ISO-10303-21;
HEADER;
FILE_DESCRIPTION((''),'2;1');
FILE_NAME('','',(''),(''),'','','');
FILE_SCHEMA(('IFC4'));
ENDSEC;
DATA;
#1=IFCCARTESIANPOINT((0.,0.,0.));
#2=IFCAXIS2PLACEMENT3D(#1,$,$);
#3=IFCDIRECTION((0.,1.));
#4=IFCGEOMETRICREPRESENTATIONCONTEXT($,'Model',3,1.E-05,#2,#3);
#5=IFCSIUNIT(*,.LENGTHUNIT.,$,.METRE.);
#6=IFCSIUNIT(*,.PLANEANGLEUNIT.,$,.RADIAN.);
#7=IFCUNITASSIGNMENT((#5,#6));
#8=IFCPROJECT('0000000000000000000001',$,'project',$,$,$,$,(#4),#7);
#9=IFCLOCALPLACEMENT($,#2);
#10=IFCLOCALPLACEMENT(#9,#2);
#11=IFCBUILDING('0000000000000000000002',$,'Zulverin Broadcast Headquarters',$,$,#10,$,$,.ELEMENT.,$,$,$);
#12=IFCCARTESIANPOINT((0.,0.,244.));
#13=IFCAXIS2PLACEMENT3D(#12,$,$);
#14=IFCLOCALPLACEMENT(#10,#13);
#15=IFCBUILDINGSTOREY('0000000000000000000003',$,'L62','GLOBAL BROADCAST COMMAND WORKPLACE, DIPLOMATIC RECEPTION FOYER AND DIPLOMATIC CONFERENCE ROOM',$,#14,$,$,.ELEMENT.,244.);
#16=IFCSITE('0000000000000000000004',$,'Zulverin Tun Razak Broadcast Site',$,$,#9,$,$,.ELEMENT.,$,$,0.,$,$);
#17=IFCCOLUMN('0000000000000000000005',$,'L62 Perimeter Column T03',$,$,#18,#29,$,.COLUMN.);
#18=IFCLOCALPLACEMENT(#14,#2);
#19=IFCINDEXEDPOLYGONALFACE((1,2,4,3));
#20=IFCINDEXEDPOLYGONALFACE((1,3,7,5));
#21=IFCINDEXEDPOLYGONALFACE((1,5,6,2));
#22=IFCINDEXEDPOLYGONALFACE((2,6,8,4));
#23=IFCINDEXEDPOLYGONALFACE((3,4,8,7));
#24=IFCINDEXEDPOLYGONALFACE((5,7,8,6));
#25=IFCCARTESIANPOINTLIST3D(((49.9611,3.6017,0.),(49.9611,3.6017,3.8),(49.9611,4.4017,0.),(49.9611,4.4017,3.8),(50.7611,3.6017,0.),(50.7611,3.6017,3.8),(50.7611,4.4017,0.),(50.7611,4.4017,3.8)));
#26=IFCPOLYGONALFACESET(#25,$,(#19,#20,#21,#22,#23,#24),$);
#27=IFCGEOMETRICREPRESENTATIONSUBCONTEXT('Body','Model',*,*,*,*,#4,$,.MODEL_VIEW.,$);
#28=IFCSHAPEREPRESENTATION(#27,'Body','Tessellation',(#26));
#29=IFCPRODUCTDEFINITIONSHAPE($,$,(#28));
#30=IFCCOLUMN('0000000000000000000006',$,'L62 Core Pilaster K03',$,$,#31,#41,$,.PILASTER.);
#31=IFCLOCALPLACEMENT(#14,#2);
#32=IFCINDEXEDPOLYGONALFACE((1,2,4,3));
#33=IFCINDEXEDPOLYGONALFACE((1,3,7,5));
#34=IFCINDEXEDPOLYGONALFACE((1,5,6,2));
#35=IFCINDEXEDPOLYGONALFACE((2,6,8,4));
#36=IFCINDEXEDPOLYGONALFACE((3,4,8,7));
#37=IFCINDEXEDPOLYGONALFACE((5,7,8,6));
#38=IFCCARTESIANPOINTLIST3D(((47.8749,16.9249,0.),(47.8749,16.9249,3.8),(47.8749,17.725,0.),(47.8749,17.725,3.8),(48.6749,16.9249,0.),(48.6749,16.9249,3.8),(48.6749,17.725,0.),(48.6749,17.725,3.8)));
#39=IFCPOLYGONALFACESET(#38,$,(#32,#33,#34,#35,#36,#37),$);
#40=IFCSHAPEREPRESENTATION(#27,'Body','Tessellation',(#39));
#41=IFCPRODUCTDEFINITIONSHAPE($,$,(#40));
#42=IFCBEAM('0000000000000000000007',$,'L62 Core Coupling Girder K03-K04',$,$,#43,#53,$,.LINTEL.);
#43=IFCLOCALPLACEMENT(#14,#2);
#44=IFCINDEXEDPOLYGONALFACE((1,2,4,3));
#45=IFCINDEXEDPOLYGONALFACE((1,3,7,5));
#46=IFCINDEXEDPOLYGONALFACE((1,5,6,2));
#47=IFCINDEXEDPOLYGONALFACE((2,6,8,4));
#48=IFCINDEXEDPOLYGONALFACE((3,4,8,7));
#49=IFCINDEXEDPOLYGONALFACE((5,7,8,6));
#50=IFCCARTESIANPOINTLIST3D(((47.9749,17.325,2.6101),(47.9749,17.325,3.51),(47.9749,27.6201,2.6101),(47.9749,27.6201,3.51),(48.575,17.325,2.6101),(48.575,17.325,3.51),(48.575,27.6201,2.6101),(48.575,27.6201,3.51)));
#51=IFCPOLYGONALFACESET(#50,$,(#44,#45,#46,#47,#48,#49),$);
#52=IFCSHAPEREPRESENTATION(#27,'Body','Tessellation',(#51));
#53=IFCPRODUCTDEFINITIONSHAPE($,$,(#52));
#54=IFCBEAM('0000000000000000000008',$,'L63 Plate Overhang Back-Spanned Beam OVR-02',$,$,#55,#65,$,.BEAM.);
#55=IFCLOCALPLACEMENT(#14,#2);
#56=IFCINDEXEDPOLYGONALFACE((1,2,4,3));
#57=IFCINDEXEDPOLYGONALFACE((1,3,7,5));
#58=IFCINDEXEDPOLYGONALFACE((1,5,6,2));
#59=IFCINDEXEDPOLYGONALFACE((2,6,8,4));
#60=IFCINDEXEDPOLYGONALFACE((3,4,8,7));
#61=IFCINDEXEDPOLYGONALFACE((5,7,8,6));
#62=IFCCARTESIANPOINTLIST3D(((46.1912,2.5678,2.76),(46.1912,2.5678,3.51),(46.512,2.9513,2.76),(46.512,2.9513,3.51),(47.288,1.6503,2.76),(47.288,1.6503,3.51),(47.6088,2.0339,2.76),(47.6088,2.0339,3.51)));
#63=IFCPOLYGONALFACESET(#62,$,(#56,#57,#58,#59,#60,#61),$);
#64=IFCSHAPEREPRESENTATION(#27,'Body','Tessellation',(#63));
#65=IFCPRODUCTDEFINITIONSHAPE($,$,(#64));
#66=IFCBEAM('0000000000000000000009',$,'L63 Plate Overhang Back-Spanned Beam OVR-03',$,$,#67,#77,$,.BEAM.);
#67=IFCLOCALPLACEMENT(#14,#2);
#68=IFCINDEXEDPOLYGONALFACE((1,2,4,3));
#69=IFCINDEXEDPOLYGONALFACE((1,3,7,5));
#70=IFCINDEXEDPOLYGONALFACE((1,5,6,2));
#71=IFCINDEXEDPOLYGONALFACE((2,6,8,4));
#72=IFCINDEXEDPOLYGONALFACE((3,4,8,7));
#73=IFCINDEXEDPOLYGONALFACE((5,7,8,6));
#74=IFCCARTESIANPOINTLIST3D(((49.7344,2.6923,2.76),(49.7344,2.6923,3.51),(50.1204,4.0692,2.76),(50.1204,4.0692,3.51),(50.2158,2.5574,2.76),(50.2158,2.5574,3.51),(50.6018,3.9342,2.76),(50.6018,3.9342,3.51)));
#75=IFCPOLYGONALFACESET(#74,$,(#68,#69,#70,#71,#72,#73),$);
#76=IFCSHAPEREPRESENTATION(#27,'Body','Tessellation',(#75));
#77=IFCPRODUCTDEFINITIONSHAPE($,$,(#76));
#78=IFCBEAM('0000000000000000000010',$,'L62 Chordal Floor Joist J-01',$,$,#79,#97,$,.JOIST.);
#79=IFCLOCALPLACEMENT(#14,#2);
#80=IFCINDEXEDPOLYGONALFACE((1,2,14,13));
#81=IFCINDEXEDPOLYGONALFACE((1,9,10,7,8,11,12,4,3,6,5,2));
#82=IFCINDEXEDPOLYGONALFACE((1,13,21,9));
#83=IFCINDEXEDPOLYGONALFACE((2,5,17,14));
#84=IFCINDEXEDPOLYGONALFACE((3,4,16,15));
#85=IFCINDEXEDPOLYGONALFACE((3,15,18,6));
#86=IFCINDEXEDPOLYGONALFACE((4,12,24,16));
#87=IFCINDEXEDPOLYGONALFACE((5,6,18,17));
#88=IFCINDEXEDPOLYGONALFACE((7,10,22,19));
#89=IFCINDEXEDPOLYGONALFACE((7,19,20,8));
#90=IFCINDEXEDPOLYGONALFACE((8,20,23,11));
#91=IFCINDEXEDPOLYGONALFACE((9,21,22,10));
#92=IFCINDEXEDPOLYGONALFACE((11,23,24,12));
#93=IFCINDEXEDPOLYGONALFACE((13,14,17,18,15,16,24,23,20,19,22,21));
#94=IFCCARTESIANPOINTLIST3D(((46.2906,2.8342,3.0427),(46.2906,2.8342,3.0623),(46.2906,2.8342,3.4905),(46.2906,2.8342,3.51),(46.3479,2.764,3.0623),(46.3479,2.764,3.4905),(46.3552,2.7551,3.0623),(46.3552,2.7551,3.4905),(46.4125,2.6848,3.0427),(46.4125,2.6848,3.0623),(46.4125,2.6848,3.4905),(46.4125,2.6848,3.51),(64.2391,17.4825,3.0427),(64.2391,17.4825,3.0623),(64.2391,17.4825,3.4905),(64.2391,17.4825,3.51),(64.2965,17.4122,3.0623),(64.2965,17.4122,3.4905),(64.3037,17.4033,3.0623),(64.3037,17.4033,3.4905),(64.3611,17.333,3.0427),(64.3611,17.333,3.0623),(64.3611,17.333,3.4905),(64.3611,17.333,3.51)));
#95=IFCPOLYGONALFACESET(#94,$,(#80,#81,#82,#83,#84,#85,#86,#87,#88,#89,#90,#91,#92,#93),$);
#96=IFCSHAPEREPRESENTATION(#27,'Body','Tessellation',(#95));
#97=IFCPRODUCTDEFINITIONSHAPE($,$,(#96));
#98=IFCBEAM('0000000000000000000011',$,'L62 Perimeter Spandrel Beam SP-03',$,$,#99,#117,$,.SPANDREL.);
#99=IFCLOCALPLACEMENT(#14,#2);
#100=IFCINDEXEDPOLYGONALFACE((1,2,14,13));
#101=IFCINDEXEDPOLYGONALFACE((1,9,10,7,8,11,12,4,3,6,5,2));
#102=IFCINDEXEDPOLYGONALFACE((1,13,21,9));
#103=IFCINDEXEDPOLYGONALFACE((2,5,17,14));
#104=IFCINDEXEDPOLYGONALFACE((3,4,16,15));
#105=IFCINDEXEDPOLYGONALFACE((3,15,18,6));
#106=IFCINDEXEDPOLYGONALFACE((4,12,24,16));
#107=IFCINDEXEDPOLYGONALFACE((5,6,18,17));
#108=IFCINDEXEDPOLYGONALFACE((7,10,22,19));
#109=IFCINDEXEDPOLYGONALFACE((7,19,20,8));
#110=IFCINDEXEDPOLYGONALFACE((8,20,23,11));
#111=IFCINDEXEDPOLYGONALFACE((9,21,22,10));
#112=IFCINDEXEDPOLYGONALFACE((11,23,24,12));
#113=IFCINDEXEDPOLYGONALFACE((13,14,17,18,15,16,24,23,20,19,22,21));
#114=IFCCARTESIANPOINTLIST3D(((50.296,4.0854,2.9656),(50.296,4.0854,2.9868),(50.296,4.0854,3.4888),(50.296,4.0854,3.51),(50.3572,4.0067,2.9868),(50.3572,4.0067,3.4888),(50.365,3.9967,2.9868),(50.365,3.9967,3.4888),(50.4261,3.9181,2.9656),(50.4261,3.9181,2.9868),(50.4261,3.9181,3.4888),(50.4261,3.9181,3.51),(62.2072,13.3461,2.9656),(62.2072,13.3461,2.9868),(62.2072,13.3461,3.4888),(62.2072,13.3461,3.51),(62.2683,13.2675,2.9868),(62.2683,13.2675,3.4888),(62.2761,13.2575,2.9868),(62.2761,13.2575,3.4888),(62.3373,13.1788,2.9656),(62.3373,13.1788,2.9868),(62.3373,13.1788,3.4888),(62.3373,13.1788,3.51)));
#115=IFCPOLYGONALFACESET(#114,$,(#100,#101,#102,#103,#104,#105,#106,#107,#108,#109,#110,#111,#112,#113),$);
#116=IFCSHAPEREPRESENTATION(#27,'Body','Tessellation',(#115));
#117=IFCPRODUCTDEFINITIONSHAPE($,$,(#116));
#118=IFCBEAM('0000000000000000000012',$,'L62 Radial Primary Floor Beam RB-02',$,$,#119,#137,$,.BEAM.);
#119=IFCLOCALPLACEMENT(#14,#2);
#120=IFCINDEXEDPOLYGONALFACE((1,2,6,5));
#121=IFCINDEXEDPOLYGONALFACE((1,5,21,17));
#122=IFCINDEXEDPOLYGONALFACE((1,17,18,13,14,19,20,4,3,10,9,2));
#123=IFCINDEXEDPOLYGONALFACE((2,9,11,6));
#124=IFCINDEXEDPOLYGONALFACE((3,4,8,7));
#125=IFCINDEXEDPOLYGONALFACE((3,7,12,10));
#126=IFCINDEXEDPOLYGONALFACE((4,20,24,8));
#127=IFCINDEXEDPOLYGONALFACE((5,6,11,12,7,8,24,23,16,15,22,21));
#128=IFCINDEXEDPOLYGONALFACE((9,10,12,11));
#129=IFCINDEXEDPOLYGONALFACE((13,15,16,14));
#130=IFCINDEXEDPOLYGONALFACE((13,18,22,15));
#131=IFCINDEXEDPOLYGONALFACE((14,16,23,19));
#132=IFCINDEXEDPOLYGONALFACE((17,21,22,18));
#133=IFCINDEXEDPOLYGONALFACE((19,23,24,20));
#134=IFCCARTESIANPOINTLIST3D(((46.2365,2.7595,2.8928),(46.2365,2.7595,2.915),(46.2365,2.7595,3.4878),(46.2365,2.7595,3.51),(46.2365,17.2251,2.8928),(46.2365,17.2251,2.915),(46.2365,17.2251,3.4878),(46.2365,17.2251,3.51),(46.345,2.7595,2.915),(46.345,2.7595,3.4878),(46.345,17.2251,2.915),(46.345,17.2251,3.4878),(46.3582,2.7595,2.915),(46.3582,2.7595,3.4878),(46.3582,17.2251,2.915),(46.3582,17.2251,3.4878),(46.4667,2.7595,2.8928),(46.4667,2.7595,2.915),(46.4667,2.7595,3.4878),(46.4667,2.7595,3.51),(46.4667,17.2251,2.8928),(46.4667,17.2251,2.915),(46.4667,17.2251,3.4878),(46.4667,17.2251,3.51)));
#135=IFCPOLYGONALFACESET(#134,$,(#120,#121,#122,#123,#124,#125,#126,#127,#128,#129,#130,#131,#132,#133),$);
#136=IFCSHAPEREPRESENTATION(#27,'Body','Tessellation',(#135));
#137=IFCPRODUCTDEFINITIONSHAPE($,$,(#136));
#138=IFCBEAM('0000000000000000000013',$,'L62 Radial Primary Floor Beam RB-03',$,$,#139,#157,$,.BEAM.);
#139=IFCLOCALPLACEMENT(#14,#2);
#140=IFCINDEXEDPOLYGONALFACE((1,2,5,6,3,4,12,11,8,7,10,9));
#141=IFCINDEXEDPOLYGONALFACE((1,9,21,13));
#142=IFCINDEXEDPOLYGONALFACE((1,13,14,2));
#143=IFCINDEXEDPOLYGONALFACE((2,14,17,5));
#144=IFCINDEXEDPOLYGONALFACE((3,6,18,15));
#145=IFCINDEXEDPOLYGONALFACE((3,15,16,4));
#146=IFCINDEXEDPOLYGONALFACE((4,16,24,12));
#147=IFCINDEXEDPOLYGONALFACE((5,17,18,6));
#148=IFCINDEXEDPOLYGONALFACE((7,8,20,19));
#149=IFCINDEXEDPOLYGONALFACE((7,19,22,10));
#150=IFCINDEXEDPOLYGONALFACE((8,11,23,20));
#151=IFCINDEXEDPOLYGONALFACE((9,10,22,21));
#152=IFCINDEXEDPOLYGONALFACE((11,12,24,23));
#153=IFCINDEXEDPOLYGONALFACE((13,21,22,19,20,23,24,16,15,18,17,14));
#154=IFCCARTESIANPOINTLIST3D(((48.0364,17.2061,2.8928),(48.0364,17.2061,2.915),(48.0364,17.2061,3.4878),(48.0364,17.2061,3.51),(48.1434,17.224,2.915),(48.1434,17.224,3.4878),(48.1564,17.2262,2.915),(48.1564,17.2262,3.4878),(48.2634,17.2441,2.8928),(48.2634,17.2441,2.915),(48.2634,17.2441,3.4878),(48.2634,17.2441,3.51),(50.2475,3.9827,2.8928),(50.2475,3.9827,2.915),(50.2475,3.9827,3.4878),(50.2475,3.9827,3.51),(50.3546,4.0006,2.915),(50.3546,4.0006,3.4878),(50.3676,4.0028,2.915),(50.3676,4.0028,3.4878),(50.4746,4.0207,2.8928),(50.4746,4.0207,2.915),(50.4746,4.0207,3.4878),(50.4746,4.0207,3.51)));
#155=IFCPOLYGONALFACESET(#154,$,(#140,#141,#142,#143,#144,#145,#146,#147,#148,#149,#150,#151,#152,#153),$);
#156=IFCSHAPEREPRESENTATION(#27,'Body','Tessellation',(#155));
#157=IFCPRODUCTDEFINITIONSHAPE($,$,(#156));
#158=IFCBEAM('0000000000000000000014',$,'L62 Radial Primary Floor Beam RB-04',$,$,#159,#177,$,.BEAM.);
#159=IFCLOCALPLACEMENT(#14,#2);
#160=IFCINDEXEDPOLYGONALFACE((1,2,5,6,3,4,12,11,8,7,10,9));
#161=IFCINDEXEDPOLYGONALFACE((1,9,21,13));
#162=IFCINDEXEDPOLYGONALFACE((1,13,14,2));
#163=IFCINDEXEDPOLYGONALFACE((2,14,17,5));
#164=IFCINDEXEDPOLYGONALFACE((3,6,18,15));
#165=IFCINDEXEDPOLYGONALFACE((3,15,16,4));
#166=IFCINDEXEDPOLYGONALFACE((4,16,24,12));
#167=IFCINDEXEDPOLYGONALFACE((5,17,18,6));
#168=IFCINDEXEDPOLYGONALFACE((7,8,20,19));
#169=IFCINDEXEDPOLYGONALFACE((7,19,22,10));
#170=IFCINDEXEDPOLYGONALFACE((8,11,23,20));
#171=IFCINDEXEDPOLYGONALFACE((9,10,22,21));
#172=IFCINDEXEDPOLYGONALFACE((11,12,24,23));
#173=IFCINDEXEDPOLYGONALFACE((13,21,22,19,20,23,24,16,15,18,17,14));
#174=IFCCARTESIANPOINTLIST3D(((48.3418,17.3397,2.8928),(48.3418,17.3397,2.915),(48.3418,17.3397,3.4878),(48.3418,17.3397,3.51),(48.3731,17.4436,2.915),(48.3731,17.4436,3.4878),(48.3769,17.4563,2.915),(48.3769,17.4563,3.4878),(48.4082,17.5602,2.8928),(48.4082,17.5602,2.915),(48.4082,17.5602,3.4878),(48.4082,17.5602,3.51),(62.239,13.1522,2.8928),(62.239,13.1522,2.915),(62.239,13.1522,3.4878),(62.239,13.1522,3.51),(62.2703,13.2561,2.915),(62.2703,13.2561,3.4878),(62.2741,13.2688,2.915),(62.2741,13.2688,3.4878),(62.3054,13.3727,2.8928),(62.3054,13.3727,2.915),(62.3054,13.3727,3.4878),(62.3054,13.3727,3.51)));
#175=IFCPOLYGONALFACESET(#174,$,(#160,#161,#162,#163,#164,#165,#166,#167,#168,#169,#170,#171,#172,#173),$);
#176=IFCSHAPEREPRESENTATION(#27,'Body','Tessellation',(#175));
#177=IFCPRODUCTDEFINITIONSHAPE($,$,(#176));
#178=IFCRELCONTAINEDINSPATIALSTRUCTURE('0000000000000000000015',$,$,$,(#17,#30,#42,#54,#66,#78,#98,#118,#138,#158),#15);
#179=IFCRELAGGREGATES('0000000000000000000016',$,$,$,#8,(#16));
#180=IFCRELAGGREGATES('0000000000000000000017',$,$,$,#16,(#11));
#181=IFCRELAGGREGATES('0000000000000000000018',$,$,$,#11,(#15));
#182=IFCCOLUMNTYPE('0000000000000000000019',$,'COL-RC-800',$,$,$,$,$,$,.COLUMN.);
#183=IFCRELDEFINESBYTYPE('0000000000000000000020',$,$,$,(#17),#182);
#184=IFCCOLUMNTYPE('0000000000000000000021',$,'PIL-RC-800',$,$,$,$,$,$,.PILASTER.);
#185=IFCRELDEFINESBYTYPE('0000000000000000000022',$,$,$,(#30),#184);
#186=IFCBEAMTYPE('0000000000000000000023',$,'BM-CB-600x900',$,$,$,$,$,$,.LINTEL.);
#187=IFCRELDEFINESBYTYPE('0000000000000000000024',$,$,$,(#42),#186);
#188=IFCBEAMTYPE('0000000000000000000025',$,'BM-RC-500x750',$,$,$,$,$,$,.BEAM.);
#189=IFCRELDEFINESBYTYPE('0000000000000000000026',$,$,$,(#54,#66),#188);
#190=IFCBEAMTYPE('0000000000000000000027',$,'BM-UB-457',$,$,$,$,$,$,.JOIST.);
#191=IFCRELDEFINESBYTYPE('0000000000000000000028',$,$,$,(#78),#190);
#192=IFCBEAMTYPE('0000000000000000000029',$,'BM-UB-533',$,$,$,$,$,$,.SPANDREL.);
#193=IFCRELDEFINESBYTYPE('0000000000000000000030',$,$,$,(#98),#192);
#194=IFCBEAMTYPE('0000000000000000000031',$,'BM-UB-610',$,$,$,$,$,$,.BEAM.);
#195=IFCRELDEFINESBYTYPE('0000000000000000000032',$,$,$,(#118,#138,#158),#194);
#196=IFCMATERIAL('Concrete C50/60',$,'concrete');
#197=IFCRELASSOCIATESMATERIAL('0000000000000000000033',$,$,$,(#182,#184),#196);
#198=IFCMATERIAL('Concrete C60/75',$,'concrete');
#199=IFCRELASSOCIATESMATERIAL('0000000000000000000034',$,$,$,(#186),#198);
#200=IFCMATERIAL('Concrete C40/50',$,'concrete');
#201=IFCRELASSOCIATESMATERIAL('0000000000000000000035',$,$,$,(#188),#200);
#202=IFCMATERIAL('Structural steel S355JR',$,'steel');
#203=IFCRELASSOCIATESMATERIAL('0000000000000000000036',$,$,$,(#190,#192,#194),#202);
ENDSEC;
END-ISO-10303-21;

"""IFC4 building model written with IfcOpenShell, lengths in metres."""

from ifc_helpers import new_model, si_unit, direction, frame, origin, origin_2d, place, context, subcontext, project, spatial, rectangle, i_section, extrude, material, material_profile, profile_set, type_object, element, save


model = new_model("IFC4")

# Units and contexts
model_context = context("Model", 3, precision=1e-05, world=origin(), true_north=direction((0.0, 1.0)))
body_context = subcontext(model_context, "Body", "Model", "MODEL_VIEW")
ifc_project = project(units=[si_unit("LENGTHUNIT", "METRE"), si_unit("PLANEANGLEUNIT", "RADIAN")], contexts=[model_context])

# Site, building, storey
site_placement = place(None, origin())
site = spatial("IfcSite", under=ifc_project, at=site_placement, Name="Zulverin Tun Razak Broadcast Site", CompositionType="ELEMENT", RefElevation=0.0)
building_placement = place(site_placement, origin())
building = spatial("IfcBuilding", under=site, at=building_placement, Name="Zulverin Broadcast Headquarters", CompositionType="ELEMENT")
storey_placement = place(building_placement, frame((0.0, 0.0, 244.0)))
storey = spatial("IfcBuildingStorey", under=building, at=storey_placement, Name="L62", Description="GLOBAL BROADCAST COMMAND WORKPLACE, DIPLOMATIC RECEPTION FOYER AND DIPLOMATIC CONFERENCE ROOM", CompositionType="ELEMENT", Elevation=244.0)

# Columns
ifc_material_1 = material(Name="Concrete C50/60", Category="concrete")
ifc_material_profile_1 = material_profile(ifc_material_1, rectangle(XDim=0.8, YDim=0.8, at=origin_2d()), Name="Concrete C50/60", Category="concrete")
ifc_profile_set_1 = profile_set([ifc_material_profile_1], Name="Concrete C50/60")
column_type_1 = type_object("IfcColumnType", Name="COL-RC-800", PredefinedType="COLUMN", material=ifc_profile_set_1)
column_1_placement = place(storey_placement, frame((50.3611, 4.0017, 0.0), z_axis=(0.0, 0.0, 1.0), x_axis=(1.0, 0.0, 0.0)))
element("IfcColumn", 1, at=column_1_placement, inside=storey, type_object=column_type_1, Name="L62 Perimeter Column T03", PredefinedType="COLUMN", context=body_context, shape_type="SweptSolid", body=[
    extrude(rectangle(XDim=0.8, YDim=0.8, at=origin_2d()), origin(), (0.0, 0.0, 1.0), 3.8),
])
ifc_material_profile_2 = material_profile(ifc_material_1, rectangle(XDim=0.8, YDim=0.8, at=origin_2d()), Name="Concrete C50/60", Category="concrete")
ifc_profile_set_2 = profile_set([ifc_material_profile_2], Name="Concrete C50/60")
column_type_2 = type_object("IfcColumnType", Name="PIL-RC-800", PredefinedType="PILASTER", material=ifc_profile_set_2)
column_2_placement = place(storey_placement, frame((48.2749, 17.325, 0.0), z_axis=(0.0, 0.0, 1.0), x_axis=(1.0, 0.0, 0.0)))
element("IfcColumn", 2, at=column_2_placement, inside=storey, type_object=column_type_2, Name="L62 Core Pilaster K03", PredefinedType="PILASTER", context=body_context, shape_type="SweptSolid", body=[
    extrude(rectangle(XDim=0.8, YDim=0.8, at=origin_2d()), origin(), (0.0, 0.0, 1.0), 3.8),
])

# Beams
ifc_material_2 = material(Name="Concrete C60/75", Category="concrete")
ifc_material_profile_3 = material_profile(ifc_material_2, rectangle(XDim=0.6001, YDim=0.8999, at=origin_2d()), Name="Concrete C60/75", Category="concrete")
ifc_profile_set_3 = profile_set([ifc_material_profile_3], Name="Concrete C60/75")
beam_type_1 = type_object("IfcBeamType", Name="BM-CB-600x900", PredefinedType="LINTEL", material=ifc_profile_set_3)
beam_1_placement = place(storey_placement, frame((48.2749, 17.325, 3.0601), z_axis=(0.0, 1.0, 0.0), x_axis=(-1.0, 0.0, 0.0)))
element("IfcBeam", 3, at=beam_1_placement, inside=storey, type_object=beam_type_1, Name="L62 Core Coupling Girder K03-K04", PredefinedType="LINTEL", context=body_context, shape_type="SweptSolid", body=[
    extrude(rectangle(XDim=0.6001, YDim=0.8999, at=origin_2d()), origin(), (0.0, 0.0, 1.0), 10.2952),
])
ifc_material_3 = material(Name="Concrete C40/50", Category="concrete")
ifc_material_profile_4 = material_profile(ifc_material_3, rectangle(XDim=0.5, YDim=0.75, at=origin_2d()), Name="Concrete C40/50", Category="concrete")
ifc_profile_set_4 = profile_set([ifc_material_profile_4], Name="Concrete C40/50")
beam_type_2 = type_object("IfcBeamType", Name="BM-RC-500x750", PredefinedType="BEAM", material=ifc_profile_set_4)
for number, where, z_axis, x_axis, name in (
    (4, (46.3516, 2.7595, 3.135), (0.767059, -0.641577, 0.0), (0.641577, 0.767059, 0.0), "L63 Plate Overhang Back-Spanned Beam OVR-02"),
    (5, (50.3611, 4.0017, 3.135), (-0.269915, -0.962884, 0.0), (0.962884, -0.269915, 0.0), "L63 Plate Overhang Back-Spanned Beam OVR-03"),
):
    element("IfcBeam", number, at=place(storey_placement, frame(where, z_axis=z_axis, x_axis=x_axis)), inside=storey, type_object=beam_type_2, Name=name, PredefinedType="BEAM", context=body_context, shape_type="SweptSolid", body=[
        extrude(rectangle(XDim=0.5, YDim=0.75, at=origin_2d()), origin(), (0.0, 0.0, 1.0), 1.4299),
    ])
ifc_material_4 = material(Name="Structural steel S355JR", Category="steel")
ifc_material_profile_5 = material_profile(ifc_material_4, i_section(OverallWidth=0.1929, OverallDepth=0.4673, WebThickness=0.0115, FlangeThickness=0.0195, at=origin_2d()), Name="Structural steel S355JR", Category="steel")
ifc_profile_set_5 = profile_set([ifc_material_profile_5], Name="Structural steel S355JR")
beam_type_3 = type_object("IfcBeamType", Name="BM-UB-457", PredefinedType="JOIST", material=ifc_profile_set_5)
beam_2_placement = place(storey_placement, frame((46.3516, 2.7595, 3.2764), z_axis=(0.774738, 0.632282, 0.0), x_axis=(-0.632282, 0.774738, 0.0)))
element("IfcBeam", 6, at=beam_2_placement, inside=storey, type_object=beam_type_3, Name="L62 Chordal Floor Joist J-01", PredefinedType="JOIST", context=body_context, shape_type="SweptSolid", body=[
    extrude(i_section(OverallWidth=0.1929, OverallDepth=0.4673, WebThickness=0.0115, FlangeThickness=0.0195, at=origin_2d()), origin(), (0.0, 0.0, 1.0), 23.1672),
])
ifc_material_profile_6 = material_profile(ifc_material_4, i_section(OverallWidth=0.2119, OverallDepth=0.5444, WebThickness=0.0127, FlangeThickness=0.0212, at=origin_2d()), Name="Structural steel S355JR", Category="steel")
ifc_profile_set_6 = profile_set([ifc_material_profile_6], Name="Structural steel S355JR")
beam_type_4 = type_object("IfcBeamType", Name="BM-UB-533", PredefinedType="SPANDREL", material=ifc_profile_set_6)
beam_3_placement = place(storey_placement, frame((50.3611, 4.0017, 3.2378), z_axis=(0.789464, 0.613797, 0.0), x_axis=(-0.613797, 0.789464, 0.0)))
element("IfcBeam", 7, at=beam_3_placement, inside=storey, type_object=beam_type_4, Name="L62 Perimeter Spandrel Beam SP-03", PredefinedType="SPANDREL", context=body_context, shape_type="SweptSolid", body=[
    extrude(i_section(OverallWidth=0.2119, OverallDepth=0.5444, WebThickness=0.0127, FlangeThickness=0.0212, at=origin_2d()), origin(), (0.0, 0.0, 1.0), 15.0876),
])
ifc_material_profile_7 = material_profile(ifc_material_4, i_section(OverallWidth=0.2302, OverallDepth=0.6172, WebThickness=0.0132, FlangeThickness=0.0222, at=origin_2d()), Name="Structural steel S355JR", Category="steel")
ifc_profile_set_7 = profile_set([ifc_material_profile_7], Name="Structural steel S355JR")
beam_type_5 = type_object("IfcBeamType", Name="BM-UB-610", PredefinedType="BEAM", material=ifc_profile_set_7)
beam_4_placement = place(storey_placement, frame((46.3516, 17.2251, 3.2014), z_axis=(0.0, -1.0, 0.0), x_axis=(1.0, 0.0, 0.0)))
element("IfcBeam", 8, at=beam_4_placement, inside=storey, type_object=beam_type_5, Name="L62 Radial Primary Floor Beam RB-02", PredefinedType="BEAM", context=body_context, shape_type="SweptSolid", body=[
    extrude(i_section(OverallWidth=0.2302, OverallDepth=0.6172, WebThickness=0.0132, FlangeThickness=0.0222, at=origin_2d()), origin(), (0.0, 0.0, 1.0), 14.4656),
])
beam_5_placement = place(storey_placement, frame((48.1499, 17.2251, 3.2014), z_axis=(0.164928, -0.986306, 0.0), x_axis=(0.986306, 0.164928, 0.0)))
element("IfcBeam", 9, at=beam_5_placement, inside=storey, type_object=beam_type_5, Name="L62 Radial Primary Floor Beam RB-03", PredefinedType="BEAM", context=body_context, shape_type="SweptSolid", body=[
    extrude(i_section(OverallWidth=0.2302, OverallDepth=0.6172, WebThickness=0.0132, FlangeThickness=0.0222, at=origin_2d()), origin(), (0.0, 0.0, 1.0), 13.407),
])
beam_6_placement = place(storey_placement, frame((48.375, 17.45, 3.2014), z_axis=(0.957478, -0.288507, 0.0), x_axis=(0.288507, 0.957478, 0.0)))
element("IfcBeam", 10, at=beam_6_placement, inside=storey, type_object=beam_type_5, Name="L62 Radial Primary Floor Beam RB-04", PredefinedType="BEAM", context=body_context, shape_type="SweptSolid", body=[
    extrude(i_section(OverallWidth=0.2302, OverallDepth=0.6172, WebThickness=0.0132, FlangeThickness=0.0222, at=origin_2d()), origin(), (0.0, 0.0, 1.0), 14.5144),
])

save(model, "model.ifc")
